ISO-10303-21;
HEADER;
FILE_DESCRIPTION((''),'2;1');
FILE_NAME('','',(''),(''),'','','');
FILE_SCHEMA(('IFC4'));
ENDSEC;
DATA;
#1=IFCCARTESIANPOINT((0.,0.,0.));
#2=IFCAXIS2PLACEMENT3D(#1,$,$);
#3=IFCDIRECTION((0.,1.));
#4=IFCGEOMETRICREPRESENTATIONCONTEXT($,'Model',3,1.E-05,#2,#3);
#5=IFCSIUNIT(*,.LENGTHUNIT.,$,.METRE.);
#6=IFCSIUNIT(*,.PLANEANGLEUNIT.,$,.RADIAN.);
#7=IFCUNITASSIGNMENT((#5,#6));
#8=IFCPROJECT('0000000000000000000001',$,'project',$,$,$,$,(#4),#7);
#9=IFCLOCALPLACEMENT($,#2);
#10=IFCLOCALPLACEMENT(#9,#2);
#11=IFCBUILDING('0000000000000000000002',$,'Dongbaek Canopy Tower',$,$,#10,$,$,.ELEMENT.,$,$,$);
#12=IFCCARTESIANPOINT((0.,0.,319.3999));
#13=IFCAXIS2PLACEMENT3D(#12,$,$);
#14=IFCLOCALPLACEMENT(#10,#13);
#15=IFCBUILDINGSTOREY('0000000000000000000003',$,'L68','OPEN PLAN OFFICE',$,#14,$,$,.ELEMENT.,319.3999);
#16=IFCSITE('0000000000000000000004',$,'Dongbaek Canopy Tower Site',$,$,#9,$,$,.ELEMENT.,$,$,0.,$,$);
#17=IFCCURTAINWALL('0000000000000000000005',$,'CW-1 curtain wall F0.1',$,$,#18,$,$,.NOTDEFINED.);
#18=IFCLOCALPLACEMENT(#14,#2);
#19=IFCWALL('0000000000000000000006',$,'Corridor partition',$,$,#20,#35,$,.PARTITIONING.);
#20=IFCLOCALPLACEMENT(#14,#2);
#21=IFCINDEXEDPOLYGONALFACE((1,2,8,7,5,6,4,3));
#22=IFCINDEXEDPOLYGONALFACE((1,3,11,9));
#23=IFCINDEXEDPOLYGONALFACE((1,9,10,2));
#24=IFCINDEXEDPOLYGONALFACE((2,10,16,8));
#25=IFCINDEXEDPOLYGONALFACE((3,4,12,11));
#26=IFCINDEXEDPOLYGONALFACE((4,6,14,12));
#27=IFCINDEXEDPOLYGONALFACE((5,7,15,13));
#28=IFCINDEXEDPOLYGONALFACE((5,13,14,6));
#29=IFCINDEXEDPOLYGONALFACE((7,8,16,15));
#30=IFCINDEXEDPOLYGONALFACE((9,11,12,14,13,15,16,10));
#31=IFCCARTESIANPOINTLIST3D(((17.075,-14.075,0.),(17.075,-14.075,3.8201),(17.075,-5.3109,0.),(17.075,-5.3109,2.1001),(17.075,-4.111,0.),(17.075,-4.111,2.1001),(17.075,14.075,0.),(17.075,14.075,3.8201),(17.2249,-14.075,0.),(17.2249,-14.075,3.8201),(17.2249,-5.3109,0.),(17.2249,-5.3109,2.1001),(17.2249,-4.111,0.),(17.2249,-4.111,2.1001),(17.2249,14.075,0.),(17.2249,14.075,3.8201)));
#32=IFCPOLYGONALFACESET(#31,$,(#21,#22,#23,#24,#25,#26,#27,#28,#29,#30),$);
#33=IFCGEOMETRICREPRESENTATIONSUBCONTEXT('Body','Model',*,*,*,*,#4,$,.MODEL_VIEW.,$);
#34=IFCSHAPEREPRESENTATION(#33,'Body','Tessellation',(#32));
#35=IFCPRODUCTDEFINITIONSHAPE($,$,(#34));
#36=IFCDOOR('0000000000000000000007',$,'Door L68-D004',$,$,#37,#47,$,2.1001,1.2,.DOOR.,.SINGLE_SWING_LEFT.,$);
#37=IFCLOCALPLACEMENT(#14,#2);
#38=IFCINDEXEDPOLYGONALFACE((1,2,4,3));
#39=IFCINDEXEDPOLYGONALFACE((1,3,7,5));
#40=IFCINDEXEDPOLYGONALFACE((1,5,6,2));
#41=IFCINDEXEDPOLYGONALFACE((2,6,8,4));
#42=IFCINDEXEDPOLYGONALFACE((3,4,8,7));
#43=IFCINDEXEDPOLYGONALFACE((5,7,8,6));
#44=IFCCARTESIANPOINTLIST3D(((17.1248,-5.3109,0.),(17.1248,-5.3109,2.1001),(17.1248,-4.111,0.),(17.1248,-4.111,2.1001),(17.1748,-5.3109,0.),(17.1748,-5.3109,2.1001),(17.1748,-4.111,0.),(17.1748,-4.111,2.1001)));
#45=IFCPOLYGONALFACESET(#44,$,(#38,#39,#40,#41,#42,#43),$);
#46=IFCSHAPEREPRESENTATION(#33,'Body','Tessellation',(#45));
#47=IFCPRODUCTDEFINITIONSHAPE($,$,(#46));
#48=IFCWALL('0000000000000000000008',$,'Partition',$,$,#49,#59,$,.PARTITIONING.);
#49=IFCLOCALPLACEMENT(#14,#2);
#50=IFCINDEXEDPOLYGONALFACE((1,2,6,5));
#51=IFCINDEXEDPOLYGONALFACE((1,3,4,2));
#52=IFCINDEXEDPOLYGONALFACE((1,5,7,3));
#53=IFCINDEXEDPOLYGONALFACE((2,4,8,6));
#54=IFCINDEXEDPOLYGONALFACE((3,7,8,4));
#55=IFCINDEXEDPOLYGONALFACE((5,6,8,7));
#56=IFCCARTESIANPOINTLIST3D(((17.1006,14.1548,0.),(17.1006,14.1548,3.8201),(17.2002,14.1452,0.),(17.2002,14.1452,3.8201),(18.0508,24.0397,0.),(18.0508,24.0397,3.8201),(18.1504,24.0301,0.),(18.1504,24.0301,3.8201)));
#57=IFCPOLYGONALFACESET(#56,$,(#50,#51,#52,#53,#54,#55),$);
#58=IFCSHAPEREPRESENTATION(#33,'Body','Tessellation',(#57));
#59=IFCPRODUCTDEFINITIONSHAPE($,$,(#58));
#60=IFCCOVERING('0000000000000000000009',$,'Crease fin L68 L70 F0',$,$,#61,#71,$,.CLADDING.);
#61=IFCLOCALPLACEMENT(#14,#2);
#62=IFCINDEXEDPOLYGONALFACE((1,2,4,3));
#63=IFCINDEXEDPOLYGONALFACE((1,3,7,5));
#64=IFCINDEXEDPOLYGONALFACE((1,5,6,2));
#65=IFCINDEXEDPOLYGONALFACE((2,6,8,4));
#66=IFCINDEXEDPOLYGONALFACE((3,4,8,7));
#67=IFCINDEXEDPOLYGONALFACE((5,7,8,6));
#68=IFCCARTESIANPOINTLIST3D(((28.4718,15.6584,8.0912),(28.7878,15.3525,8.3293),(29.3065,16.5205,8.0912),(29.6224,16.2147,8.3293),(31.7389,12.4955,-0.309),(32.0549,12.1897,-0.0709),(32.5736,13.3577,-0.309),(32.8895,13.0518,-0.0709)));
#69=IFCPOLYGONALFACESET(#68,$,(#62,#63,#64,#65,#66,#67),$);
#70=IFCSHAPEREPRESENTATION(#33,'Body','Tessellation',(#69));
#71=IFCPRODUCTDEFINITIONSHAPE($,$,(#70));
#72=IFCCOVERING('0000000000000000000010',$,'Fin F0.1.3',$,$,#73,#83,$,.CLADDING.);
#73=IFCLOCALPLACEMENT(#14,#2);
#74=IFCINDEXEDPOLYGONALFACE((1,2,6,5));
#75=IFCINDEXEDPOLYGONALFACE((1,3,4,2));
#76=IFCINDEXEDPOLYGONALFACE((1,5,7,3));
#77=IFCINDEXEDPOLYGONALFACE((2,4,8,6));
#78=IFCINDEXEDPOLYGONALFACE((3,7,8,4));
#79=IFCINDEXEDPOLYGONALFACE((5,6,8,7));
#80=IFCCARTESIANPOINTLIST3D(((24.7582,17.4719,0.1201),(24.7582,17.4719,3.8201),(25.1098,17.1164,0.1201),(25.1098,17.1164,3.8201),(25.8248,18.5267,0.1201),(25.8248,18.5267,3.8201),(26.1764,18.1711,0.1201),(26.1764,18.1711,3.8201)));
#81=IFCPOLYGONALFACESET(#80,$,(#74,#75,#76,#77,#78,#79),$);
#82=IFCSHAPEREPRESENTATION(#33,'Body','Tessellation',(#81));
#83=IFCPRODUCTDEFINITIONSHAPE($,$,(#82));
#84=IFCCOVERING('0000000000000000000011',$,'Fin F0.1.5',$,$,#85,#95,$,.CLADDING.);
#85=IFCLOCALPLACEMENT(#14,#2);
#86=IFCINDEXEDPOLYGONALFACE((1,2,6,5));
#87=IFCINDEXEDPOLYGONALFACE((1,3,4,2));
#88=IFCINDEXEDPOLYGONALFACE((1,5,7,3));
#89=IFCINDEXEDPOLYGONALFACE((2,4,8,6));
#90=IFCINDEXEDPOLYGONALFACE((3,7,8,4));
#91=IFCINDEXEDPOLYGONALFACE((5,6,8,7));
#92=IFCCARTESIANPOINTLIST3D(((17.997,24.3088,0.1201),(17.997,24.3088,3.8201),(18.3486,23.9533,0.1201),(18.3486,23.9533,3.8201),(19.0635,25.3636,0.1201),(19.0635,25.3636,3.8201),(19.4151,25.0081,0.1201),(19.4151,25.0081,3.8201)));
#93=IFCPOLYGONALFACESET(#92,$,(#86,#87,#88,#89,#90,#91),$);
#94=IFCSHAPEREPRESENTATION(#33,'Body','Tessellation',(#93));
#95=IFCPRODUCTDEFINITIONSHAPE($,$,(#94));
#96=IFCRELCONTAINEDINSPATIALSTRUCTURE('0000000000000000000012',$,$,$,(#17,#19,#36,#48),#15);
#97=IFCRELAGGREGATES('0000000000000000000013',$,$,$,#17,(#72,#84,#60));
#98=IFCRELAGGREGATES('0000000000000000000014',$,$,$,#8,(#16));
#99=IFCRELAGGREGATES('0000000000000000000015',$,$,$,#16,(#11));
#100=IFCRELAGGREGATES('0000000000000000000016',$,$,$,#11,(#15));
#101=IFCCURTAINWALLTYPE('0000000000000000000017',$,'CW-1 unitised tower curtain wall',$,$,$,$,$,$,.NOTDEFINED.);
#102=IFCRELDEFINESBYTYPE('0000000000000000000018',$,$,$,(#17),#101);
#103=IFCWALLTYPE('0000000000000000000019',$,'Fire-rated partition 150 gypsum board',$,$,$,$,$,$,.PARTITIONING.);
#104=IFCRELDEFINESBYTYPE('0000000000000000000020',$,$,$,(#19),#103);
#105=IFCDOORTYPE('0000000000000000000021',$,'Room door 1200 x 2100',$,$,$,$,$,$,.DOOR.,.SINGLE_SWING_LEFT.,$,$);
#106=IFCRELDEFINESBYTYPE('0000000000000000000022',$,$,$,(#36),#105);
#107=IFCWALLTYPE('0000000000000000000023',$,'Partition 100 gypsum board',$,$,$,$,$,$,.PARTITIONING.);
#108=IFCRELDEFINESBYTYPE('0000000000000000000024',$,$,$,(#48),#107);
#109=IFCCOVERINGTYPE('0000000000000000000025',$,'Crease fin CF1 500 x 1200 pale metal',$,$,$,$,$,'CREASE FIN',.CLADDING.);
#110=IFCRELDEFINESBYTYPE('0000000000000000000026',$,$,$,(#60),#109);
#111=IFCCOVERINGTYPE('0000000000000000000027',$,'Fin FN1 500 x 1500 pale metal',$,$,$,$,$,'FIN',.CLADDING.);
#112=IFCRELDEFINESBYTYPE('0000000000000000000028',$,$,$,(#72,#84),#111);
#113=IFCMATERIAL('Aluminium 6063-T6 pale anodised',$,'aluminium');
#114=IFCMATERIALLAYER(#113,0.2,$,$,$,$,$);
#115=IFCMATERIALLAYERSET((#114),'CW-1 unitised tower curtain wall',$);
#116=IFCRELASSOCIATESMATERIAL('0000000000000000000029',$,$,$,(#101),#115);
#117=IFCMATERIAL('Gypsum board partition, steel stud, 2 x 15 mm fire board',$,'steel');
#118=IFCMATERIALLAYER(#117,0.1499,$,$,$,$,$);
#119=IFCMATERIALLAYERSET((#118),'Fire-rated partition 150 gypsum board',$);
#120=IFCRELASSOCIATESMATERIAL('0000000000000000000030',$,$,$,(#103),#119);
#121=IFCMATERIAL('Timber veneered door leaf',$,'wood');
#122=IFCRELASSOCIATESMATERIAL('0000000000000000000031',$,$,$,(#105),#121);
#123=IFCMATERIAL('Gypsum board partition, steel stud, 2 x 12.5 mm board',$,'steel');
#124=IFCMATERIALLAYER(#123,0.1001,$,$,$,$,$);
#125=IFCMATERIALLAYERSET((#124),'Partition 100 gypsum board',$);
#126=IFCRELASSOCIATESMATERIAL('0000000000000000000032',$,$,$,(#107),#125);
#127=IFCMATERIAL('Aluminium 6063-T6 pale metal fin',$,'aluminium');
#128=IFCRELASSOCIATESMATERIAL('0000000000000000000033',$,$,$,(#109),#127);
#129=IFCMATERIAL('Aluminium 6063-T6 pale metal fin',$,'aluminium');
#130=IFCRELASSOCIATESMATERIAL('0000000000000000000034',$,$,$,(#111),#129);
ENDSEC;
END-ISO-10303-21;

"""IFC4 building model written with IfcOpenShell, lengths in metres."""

from ifc_helpers import new_model, si_unit, direction, frame, frame_2d, origin, origin_2d, place, context, subcontext, project, spatial, rectangle, extrude, material, layer, layer_set, material_profile, profile_set, type_object, element, fill, aggregate, save


model = new_model("IFC4")

# Units and contexts
model_context = context("Model", 3, precision=1e-05, world=origin(), true_north=direction((0.0, 1.0)))
body_context = subcontext(model_context, "Body", "Model", "MODEL_VIEW")
ifc_project = project(units=[si_unit("LENGTHUNIT", "METRE"), si_unit("PLANEANGLEUNIT", "RADIAN")], contexts=[model_context])

# Site, building, storey
site_placement = place(None, origin())
site = spatial("IfcSite", under=ifc_project, at=site_placement, Name="Dongbaek Canopy Tower Site", CompositionType="ELEMENT", RefElevation=0.0)
building_placement = place(site_placement, origin())
building = spatial("IfcBuilding", under=site, at=building_placement, Name="Dongbaek Canopy Tower", CompositionType="ELEMENT")
storey_placement = place(building_placement, frame((0.0, 0.0, 319.3999)))
storey = spatial("IfcBuildingStorey", under=building, at=storey_placement, Name="L68", Description="OPEN PLAN OFFICE", CompositionType="ELEMENT", Elevation=319.3999)

# Curtain wall
ifc_material_1 = material(Name="Aluminium 6063-T6 pale anodised", Category="aluminium")
ifc_layer_1 = layer(ifc_material_1, 0.2)
ifc_layer_set_1 = layer_set([ifc_layer_1], Name="CW-1 unitised tower curtain wall")
curtain_wall_type = type_object("IfcCurtainWallType", Name="CW-1 unitised tower curtain wall", PredefinedType="NOTDEFINED", material=ifc_layer_set_1)
curtain_wall_placement = place(storey_placement, origin())
curtain_wall = element("IfcCurtainWall", 1, at=curtain_wall_placement, inside=storey, type_object=curtain_wall_type, Name="CW-1 curtain wall F0.1", PredefinedType="NOTDEFINED")

# Wall, opening, door
ifc_material_2 = material(Name="Gypsum board partition, steel stud, 2 x 15 mm fire board", Category="steel")
ifc_layer_2 = layer(ifc_material_2, 0.1499)
ifc_layer_set_2 = layer_set([ifc_layer_2], Name="Fire-rated partition 150 gypsum board")
wall_type_1 = type_object("IfcWallType", Name="Fire-rated partition 150 gypsum board", PredefinedType="PARTITIONING", material=ifc_layer_set_2)
wall_1_placement = place(storey_placement, frame((17.1499, 14.075, 0.0), z_axis=(0.0, 0.0, 1.0), x_axis=(0.0, -1.0, 0.0)))
wall_1 = element("IfcWall", 2, at=wall_1_placement, inside=storey, type_object=wall_type_1, Name="Corridor partition", PredefinedType="PARTITIONING", context=body_context, shape_type="SweptSolid", body=[
    extrude(rectangle(XDim=28.1499, YDim=0.1499, at=frame_2d((14.075, 0.0))), origin(), (0.0, 0.0, 1.0), 3.8201),
])
opening_placement = place(wall_1_placement, frame((18.1858, 0.0, 0.0)))
opening = element("IfcOpeningElement", 3, at=opening_placement, cuts=wall_1, PredefinedType="OPENING", context=body_context, shape_type="SweptSolid", body=[
    extrude(rectangle(XDim=1.2, YDim=2.1001, at=frame_2d((0.6001, 1.05))), frame((0.0, 0.085, 0.0), z_axis=(0.0, -1.0, 0.0), x_axis=(1.0, 0.0, 0.0)), (0.0, 0.0, 1.0), 0.1699),
])
ifc_material_3 = material(Name="Timber veneered door leaf", Category="wood")
door_type = type_object("IfcDoorType", Name="Room door 1200 x 2100", OperationType="SINGLE_SWING_LEFT", PredefinedType="DOOR", material=ifc_material_3)
door_placement = place(opening_placement, origin())
door = element("IfcDoor", 4, at=door_placement, inside=storey, type_object=door_type, Name="Door L68-D004", OperationType="SINGLE_SWING_LEFT", OverallHeight=2.1001, OverallWidth=1.2, PredefinedType="DOOR", context=body_context, shape_type="SweptSolid", body=[
    extrude(rectangle(XDim=1.2, YDim=2.1001, at=frame_2d((0.6001, 1.05))), frame((0.0, 0.0249, 0.0), z_axis=(0.0, -1.0, 0.0), x_axis=(1.0, 0.0, 0.0)), (0.0, 0.0, 1.0), 0.05),
])
fill(opening, door)

# Wall
ifc_material_4 = material(Name="Gypsum board partition, steel stud, 2 x 12.5 mm board", Category="steel")
ifc_layer_3 = layer(ifc_material_4, 0.1001)
ifc_layer_set_3 = layer_set([ifc_layer_3], Name="Partition 100 gypsum board")
wall_type_2 = type_object("IfcWallType", Name="Partition 100 gypsum board", PredefinedType="PARTITIONING", material=ifc_layer_set_3)
wall_2_placement = place(storey_placement, frame((17.1504, 14.1499, 0.0), z_axis=(0.0, 0.0, 1.0), x_axis=(0.095686, 0.995412, 0.0)))
element("IfcWall", 5, at=wall_2_placement, inside=storey, type_object=wall_type_2, Name="Partition", PredefinedType="PARTITIONING", context=body_context, shape_type="SweptSolid", body=[
    extrude(rectangle(XDim=9.9304, YDim=0.1001, at=frame_2d((4.9653, 0.0))), origin(), (0.0, 0.0, 1.0), 3.8201),
])

# Coverings
ifc_material_5 = material(Name="Aluminium 6063-T6 pale metal fin", Category="aluminium")
ifc_material_profile_1 = material_profile(ifc_material_5, rectangle(XDim=1.2, YDim=0.5, at=origin_2d()), Name="Crease fin CF1 500 x 1200 pale metal")
ifc_profile_set_1 = profile_set([ifc_material_profile_1], Name="Aluminium 6063-T6 pale metal fin")
covering_type_1 = type_object("IfcCoveringType", Name="Crease fin CF1 500 x 1200 pale metal", ElementType="CREASE FIN", PredefinedType="CLADDING", material=ifc_profile_set_1)
covering_1_placement = place(storey_placement, frame((32.3142, 12.7737, -0.1899), z_axis=(-0.342034, 0.33112, 0.879416), x_axis=(-0.695551, -0.718477, 0.0)))
covering_1 = element("IfcCovering", 6, at=covering_1_placement, type_object=covering_type_1, Name="Crease fin L68 L70 F0", PredefinedType="CLADDING", context=body_context, shape_type="SweptSolid", body=[
    extrude(rectangle(XDim=1.2, YDim=0.5, at=origin_2d()), origin(), (0.0, 0.0, 1.0), 9.552),
])
ifc_material_6 = material(Name="Aluminium 6063-T6 pale metal fin", Category="aluminium")
ifc_material_profile_2 = material_profile(ifc_material_6, rectangle(XDim=1.5, YDim=0.5, at=origin_2d()), Name="Fin FN1 500 x 1500 pale metal")
ifc_profile_set_2 = profile_set([ifc_material_profile_2], Name="Aluminium 6063-T6 pale metal fin")
covering_type_2 = type_object("IfcCoveringType", Name="Fin FN1 500 x 1500 pale metal", ElementType="FIN", PredefinedType="CLADDING", material=ifc_profile_set_2)
covering_2_placement = place(storey_placement, frame((25.4673, 17.8215, 0.1201), z_axis=(0.0, 0.0, 1.0), x_axis=(0.711035, 0.703156, 0.0)))
covering_2 = element("IfcCovering", 7, at=covering_2_placement, type_object=covering_type_2, Name="Fin F0.1.3", PredefinedType="CLADDING", context=body_context, shape_type="SweptSolid", body=[
    extrude(rectangle(XDim=1.5, YDim=0.5, at=origin_2d()), origin(), (0.0, 0.0, 1.0), 3.7),
])
covering_3_placement = place(storey_placement, frame((18.7061, 24.6584, 0.1201), z_axis=(0.0, 0.0, 1.0), x_axis=(0.711035, 0.703156, 0.0)))
covering_3 = element("IfcCovering", 8, at=covering_3_placement, type_object=covering_type_2, Name="Fin F0.1.5", PredefinedType="CLADDING", context=body_context, shape_type="SweptSolid", body=[
    extrude(rectangle(XDim=1.5, YDim=0.5, at=origin_2d()), origin(), (0.0, 0.0, 1.0), 3.7),
])
aggregate(curtain_wall, [covering_2, covering_3, covering_1])

save(model, "model.ifc")
